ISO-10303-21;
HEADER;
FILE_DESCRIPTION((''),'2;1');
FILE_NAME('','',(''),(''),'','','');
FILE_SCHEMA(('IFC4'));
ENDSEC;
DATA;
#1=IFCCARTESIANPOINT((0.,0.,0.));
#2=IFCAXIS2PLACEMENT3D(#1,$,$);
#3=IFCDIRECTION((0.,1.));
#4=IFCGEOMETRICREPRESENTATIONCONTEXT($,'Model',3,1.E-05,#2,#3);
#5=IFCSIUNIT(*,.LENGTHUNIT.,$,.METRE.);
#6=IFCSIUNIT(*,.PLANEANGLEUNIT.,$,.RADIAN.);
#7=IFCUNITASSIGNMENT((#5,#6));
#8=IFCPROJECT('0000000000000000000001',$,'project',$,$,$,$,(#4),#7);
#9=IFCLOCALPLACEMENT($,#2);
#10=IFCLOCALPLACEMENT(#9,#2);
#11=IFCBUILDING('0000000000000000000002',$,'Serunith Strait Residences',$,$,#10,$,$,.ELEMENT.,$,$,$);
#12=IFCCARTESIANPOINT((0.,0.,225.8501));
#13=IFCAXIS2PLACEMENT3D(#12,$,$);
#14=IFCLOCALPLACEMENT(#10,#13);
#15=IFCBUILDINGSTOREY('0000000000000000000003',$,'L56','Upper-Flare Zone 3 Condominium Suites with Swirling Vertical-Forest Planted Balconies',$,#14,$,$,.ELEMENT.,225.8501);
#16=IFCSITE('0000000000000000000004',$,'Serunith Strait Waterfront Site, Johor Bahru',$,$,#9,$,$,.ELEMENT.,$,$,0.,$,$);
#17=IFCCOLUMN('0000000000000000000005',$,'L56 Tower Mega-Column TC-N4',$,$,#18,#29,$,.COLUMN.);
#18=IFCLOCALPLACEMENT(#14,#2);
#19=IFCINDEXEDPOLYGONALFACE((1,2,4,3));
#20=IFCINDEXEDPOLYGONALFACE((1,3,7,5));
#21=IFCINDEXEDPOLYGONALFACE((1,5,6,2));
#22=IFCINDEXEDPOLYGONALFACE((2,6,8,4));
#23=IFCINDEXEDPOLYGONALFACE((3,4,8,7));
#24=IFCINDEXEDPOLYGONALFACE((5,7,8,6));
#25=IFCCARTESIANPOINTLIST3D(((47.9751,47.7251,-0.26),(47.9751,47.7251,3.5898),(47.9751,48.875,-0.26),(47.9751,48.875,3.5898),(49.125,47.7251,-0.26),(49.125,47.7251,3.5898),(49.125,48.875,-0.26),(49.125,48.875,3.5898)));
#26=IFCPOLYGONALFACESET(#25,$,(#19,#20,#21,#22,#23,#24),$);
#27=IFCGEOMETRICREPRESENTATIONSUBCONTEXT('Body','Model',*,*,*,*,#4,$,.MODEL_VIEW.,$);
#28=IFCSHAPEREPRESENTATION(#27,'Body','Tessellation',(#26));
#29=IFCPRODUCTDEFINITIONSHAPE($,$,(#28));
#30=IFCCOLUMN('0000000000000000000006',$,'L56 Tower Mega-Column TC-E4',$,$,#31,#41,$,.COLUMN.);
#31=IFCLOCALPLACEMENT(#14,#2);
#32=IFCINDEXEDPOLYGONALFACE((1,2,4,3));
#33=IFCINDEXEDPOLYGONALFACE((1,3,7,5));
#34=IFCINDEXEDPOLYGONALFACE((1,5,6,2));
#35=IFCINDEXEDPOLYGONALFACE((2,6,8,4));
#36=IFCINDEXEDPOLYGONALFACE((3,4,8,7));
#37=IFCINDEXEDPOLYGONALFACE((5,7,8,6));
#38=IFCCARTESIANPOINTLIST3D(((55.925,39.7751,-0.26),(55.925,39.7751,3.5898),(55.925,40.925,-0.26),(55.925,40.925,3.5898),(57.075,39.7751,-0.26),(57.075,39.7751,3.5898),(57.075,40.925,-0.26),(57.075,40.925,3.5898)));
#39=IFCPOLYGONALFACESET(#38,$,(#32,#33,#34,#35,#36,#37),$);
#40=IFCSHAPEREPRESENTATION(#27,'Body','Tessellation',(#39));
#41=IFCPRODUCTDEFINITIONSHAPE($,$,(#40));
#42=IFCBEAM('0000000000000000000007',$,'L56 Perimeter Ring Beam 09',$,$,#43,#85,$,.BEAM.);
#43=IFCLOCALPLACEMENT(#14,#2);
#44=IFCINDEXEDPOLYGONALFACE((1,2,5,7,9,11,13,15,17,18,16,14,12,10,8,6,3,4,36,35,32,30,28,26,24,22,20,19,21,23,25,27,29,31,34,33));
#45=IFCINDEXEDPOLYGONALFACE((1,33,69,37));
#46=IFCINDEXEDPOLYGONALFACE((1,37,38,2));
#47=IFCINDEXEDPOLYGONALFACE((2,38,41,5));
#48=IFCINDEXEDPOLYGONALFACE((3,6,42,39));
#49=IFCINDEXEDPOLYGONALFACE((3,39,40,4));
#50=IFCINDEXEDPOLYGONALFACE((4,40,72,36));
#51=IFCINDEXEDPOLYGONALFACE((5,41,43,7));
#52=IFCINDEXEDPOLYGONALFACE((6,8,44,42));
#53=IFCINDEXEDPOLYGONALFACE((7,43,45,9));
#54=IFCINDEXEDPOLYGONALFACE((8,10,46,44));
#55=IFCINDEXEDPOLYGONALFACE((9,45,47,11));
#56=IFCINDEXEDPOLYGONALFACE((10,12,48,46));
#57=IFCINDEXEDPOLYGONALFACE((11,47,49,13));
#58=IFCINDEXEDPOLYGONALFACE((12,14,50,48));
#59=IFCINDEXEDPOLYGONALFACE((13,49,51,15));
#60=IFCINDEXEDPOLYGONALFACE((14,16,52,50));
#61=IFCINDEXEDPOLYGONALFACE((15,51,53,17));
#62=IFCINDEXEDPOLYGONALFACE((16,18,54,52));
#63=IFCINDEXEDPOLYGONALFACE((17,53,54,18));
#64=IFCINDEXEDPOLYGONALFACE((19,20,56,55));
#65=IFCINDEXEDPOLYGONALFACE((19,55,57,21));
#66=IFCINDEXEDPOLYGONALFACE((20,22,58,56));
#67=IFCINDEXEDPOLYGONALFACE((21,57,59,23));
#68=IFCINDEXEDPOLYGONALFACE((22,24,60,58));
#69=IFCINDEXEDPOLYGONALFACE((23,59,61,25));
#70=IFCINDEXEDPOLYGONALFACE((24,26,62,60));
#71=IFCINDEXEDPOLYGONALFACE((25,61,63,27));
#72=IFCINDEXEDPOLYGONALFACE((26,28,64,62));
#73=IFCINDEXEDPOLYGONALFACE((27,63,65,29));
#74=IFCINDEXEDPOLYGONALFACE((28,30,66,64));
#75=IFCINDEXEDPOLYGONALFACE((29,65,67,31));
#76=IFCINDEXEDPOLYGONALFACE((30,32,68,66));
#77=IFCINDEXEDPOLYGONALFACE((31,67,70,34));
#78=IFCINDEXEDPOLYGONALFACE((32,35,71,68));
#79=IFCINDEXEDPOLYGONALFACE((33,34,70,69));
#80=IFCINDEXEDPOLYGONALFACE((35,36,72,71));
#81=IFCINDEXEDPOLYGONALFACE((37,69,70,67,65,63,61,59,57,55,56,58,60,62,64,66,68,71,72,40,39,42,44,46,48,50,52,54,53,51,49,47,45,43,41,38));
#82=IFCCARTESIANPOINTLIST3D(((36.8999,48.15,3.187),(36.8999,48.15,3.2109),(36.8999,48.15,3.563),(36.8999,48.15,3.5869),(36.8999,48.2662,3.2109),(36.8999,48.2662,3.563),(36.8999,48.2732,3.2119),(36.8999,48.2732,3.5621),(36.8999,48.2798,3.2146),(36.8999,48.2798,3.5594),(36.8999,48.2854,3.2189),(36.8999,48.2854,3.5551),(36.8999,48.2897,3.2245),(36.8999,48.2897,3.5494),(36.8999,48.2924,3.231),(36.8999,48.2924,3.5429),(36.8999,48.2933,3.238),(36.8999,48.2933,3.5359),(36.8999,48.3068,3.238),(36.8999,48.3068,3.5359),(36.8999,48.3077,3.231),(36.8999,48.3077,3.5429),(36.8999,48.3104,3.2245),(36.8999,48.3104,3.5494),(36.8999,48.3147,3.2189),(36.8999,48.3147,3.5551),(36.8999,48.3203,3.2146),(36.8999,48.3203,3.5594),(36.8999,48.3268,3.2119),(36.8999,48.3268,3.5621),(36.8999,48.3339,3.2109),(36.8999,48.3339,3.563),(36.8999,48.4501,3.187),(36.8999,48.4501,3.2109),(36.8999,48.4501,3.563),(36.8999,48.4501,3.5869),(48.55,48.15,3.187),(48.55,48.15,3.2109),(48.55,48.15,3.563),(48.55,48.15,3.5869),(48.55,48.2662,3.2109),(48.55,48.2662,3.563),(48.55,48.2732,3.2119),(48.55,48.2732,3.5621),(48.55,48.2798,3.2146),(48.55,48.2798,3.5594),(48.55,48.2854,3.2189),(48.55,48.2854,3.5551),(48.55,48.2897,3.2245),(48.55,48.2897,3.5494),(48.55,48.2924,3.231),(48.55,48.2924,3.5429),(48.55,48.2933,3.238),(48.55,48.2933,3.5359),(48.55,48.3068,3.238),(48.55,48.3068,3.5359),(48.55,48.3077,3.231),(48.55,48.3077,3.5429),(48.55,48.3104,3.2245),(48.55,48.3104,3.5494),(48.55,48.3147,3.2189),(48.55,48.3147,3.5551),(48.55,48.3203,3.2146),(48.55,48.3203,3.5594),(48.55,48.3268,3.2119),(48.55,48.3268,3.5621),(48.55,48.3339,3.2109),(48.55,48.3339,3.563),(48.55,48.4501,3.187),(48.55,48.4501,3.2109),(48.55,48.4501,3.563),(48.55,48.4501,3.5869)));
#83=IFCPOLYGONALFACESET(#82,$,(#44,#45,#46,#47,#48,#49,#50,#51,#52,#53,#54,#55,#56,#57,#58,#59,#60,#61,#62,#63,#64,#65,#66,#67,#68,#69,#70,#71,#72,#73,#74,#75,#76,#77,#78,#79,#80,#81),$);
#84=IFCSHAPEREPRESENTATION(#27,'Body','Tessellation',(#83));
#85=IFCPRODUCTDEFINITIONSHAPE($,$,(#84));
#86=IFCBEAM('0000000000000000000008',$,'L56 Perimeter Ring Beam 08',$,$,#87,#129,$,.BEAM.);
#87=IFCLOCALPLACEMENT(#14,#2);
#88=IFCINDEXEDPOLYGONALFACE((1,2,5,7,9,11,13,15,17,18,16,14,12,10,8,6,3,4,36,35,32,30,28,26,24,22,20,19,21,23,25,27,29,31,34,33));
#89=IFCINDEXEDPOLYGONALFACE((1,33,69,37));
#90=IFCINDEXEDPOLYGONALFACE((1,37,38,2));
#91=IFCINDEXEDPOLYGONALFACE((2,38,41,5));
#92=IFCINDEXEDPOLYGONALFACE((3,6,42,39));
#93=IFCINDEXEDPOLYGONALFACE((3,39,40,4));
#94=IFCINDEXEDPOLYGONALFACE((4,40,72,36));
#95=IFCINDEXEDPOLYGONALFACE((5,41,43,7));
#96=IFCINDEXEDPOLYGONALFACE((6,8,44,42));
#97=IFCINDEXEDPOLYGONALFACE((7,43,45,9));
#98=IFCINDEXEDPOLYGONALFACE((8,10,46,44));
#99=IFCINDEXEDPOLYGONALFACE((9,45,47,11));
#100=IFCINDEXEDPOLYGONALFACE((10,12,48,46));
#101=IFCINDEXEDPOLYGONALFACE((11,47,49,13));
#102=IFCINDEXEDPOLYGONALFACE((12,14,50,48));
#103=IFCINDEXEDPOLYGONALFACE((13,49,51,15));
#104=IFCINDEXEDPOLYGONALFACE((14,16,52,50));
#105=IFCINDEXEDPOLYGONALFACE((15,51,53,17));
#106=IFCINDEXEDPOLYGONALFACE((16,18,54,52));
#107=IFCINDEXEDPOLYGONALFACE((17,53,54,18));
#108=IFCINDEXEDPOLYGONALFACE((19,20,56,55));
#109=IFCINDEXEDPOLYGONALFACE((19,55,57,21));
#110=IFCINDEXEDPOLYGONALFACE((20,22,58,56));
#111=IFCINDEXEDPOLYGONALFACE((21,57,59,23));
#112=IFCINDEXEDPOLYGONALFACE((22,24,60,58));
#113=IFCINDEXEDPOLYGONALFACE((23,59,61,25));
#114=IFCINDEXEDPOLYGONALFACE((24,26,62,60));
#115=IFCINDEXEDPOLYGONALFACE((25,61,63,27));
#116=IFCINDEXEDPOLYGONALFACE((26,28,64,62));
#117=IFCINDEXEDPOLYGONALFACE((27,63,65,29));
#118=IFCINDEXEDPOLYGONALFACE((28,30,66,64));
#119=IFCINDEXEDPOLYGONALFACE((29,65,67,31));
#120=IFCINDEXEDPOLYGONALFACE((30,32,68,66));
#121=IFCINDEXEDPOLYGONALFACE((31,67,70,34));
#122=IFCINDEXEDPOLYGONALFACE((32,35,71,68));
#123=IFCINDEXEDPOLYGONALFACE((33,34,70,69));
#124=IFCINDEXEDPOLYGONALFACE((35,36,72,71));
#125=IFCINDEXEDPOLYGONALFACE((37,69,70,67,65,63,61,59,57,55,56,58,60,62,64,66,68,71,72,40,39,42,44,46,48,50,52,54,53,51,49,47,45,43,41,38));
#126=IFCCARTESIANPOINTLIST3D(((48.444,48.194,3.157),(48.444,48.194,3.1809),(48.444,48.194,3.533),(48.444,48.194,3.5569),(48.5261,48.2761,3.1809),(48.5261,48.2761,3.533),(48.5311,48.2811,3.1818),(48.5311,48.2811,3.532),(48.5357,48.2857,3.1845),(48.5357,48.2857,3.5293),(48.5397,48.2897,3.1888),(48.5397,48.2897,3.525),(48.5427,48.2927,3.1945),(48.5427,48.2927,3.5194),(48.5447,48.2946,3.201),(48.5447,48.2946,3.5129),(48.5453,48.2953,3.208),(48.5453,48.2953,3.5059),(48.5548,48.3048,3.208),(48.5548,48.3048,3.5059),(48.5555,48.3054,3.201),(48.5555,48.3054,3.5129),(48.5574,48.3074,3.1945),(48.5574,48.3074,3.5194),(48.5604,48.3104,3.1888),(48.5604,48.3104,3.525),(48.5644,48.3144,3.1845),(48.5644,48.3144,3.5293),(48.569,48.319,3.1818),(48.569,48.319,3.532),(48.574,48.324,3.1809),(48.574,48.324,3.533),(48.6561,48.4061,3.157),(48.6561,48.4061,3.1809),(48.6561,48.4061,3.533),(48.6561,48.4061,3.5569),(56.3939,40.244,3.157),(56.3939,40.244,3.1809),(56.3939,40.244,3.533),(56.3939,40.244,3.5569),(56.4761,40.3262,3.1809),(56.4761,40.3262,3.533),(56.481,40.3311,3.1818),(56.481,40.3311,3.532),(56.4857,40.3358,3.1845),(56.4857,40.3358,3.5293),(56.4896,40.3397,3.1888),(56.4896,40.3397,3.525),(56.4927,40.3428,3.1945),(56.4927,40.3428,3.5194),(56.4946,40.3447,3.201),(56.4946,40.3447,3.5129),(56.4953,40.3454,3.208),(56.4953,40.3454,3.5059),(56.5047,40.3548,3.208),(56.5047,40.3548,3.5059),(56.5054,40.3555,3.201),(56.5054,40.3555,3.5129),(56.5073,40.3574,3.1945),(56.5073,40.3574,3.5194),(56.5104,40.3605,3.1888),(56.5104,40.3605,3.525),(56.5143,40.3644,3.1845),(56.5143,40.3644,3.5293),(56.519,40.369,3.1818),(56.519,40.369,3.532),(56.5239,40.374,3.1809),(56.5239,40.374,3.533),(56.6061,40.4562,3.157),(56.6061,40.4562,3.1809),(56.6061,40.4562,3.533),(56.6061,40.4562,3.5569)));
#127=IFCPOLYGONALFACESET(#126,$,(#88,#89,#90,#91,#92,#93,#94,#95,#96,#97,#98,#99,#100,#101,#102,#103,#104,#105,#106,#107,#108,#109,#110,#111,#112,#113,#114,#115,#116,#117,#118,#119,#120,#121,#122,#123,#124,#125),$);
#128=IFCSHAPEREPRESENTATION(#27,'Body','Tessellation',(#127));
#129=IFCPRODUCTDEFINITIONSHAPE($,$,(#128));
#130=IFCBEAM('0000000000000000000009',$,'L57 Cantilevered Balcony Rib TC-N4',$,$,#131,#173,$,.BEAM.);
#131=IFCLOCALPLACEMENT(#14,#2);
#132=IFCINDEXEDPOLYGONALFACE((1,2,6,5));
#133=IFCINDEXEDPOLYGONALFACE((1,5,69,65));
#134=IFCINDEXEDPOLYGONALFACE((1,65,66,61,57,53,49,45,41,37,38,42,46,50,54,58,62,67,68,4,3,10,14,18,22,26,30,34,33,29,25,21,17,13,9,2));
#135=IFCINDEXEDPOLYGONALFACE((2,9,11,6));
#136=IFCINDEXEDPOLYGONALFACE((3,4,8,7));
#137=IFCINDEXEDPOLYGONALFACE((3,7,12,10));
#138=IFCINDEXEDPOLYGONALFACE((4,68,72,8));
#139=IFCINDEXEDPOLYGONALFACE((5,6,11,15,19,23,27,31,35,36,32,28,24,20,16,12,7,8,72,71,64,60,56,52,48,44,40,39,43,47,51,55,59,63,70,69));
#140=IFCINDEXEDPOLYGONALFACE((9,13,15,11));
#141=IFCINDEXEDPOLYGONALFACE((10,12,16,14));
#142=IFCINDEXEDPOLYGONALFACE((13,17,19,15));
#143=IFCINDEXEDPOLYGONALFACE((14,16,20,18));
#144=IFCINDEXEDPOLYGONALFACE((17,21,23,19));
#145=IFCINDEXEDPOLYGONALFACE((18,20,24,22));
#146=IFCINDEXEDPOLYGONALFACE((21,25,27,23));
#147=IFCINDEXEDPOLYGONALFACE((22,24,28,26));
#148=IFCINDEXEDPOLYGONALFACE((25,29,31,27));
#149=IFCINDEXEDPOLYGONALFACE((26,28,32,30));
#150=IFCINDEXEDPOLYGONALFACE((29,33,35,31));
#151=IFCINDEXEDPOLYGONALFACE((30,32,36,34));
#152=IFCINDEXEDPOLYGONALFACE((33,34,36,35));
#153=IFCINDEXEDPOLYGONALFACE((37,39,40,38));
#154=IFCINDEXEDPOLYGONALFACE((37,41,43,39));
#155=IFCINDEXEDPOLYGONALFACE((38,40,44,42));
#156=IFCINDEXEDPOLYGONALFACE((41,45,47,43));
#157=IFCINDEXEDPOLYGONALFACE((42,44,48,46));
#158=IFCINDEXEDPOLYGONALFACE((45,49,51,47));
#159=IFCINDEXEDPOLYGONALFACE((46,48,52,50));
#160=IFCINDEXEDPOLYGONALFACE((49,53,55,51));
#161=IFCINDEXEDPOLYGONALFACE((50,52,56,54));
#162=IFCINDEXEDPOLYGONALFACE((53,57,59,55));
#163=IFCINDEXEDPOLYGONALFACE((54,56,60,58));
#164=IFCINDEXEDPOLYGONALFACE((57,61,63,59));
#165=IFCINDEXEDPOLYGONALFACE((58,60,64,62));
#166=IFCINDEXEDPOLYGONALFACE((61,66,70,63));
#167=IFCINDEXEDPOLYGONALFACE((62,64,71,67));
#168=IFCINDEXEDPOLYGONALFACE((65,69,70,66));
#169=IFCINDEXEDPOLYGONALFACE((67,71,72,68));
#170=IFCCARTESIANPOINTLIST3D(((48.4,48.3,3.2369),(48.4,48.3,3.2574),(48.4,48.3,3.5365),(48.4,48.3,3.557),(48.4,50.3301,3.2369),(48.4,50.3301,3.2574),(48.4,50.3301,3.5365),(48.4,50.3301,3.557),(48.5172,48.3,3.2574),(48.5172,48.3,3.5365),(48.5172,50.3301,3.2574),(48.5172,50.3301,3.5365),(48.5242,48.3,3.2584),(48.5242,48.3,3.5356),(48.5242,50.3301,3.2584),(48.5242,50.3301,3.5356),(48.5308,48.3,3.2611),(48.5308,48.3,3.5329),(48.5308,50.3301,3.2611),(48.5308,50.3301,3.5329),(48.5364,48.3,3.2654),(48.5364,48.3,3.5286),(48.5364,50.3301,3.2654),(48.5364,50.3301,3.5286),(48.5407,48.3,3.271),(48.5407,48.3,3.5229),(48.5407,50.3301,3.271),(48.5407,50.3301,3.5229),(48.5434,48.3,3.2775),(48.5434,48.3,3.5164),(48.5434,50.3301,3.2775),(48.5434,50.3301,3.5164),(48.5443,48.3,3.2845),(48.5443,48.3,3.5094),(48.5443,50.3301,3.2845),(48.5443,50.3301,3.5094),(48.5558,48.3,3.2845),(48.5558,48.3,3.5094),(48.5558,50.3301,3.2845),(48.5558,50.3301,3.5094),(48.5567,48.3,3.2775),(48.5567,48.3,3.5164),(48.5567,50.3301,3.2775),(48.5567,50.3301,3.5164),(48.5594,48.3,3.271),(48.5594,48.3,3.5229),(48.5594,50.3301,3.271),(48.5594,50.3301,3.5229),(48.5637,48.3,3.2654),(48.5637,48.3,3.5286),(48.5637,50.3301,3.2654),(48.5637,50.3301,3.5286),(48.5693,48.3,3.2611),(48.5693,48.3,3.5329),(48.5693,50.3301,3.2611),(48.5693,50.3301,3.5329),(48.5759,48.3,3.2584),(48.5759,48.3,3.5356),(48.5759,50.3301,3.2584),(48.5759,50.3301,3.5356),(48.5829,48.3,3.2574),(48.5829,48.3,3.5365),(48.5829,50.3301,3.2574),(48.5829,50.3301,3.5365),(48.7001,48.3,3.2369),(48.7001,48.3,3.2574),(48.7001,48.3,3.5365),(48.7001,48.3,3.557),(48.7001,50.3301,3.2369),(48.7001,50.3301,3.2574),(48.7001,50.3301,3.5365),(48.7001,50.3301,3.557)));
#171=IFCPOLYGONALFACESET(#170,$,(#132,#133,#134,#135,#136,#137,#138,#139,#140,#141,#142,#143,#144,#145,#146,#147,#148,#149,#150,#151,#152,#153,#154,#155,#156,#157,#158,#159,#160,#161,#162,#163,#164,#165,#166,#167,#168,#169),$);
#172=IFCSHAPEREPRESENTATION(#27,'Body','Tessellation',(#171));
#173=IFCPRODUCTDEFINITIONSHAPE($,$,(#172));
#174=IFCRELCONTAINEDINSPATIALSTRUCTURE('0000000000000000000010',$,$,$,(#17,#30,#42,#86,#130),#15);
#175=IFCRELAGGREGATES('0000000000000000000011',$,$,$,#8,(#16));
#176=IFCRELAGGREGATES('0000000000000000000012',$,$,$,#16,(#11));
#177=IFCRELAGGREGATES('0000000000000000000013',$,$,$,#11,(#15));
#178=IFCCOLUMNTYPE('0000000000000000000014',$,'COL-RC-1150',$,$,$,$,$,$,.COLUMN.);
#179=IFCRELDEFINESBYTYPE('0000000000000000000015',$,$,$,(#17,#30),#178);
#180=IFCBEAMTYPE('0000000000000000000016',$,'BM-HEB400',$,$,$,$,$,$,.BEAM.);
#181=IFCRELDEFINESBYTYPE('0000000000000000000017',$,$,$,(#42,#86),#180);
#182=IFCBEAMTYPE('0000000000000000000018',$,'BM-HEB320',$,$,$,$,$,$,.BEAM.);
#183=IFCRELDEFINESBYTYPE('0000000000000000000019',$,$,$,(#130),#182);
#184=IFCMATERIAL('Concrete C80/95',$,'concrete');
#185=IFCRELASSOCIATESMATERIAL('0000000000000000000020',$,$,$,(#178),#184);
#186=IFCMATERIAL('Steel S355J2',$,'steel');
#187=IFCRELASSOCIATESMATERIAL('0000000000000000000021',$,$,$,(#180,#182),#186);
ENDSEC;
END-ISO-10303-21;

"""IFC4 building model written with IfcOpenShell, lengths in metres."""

from ifc_helpers import new_model, si_unit, direction, frame, origin, origin_2d, place, context, subcontext, project, spatial, rectangle, i_section, extrude, source, transform, mapped, material, material_profile, profile_set, type_object, element, save


model = new_model("IFC4")

# Units and contexts
model_context = context("Model", 3, precision=1e-05, world=origin(), true_north=direction((0.0, 1.0)))
body_context = subcontext(model_context, "Body", "Model", "MODEL_VIEW")
ifc_project = project(units=[si_unit("LENGTHUNIT", "METRE"), si_unit("PLANEANGLEUNIT", "RADIAN")], contexts=[model_context])

# Site, building, storey
site_placement = place(None, origin())
site = spatial("IfcSite", under=ifc_project, at=site_placement, Name="Serunith Strait Waterfront Site, Johor Bahru", CompositionType="ELEMENT", RefElevation=0.0)
building_placement = place(site_placement, origin())
building = spatial("IfcBuilding", under=site, at=building_placement, Name="Serunith Strait Residences", CompositionType="ELEMENT")
storey_placement = place(building_placement, frame((0.0, 0.0, 225.8501)))
storey = spatial("IfcBuildingStorey", under=building, at=storey_placement, Name="L56", Description="Upper-Flare Zone 3 Condominium Suites with Swirling Vertical-Forest Planted Balconies", CompositionType="ELEMENT", Elevation=225.8501)

# Columns
ifc_material_1 = material(Name="Concrete C80/95", Category="concrete")
ifc_material_profile_1 = material_profile(ifc_material_1, rectangle(XDim=1.1499, YDim=1.1499, at=origin_2d()), Name="RC 1150x1150")
ifc_profile_set_1 = profile_set([ifc_material_profile_1], Name="Concrete C80/95")
column_type = type_object("IfcColumnType", Name="COL-RC-1150", PredefinedType="COLUMN", material=ifc_profile_set_1)
shared_shape_1 = source(origin(), body_context, "Body", "SweptSolid", [
    extrude(rectangle(XDim=1.1499, YDim=1.1499, at=origin_2d()), origin(), (0.0, 0.0, 1.0), 3.8499),
])
for number, where, z_axis, x_axis, name in (
    (1, (48.55, 48.3, -0.26), (0.0, 0.0, 1.0), (1.0, 0.0, 0.0), "L56 Tower Mega-Column TC-N4"),
    (2, (56.5, 40.3501, -0.26), (0.0, 0.0, 1.0), (1.0, 0.0, 0.0), "L56 Tower Mega-Column TC-E4"),
):
    element("IfcColumn", number, at=place(storey_placement, frame(where, z_axis=z_axis, x_axis=x_axis)), inside=storey, type_object=column_type, Name=name, PredefinedType="COLUMN", context=body_context, shape_type="MappedRepresentation", body=[
        mapped(shared_shape_1, transform((0.0, 0.0, 0.0), scale=1.0)),
    ])

# Beams
ifc_material_2 = material(Name="Steel S355J2", Category="steel")
ifc_material_profile_2 = material_profile(ifc_material_2, i_section(OverallWidth=0.3, OverallDepth=0.3999, WebThickness=0.0134, FlangeThickness=0.0239, FilletRadius=0.0271, at=origin_2d()), Name="HEB 400")
ifc_profile_set_2 = profile_set([ifc_material_profile_2], Name="Steel S355J2")
beam_type_1 = type_object("IfcBeamType", Name="BM-HEB400", PredefinedType="BEAM", material=ifc_profile_set_2)
shared_shape_2 = source(origin(), body_context, "Body", "SweptSolid", [
    extrude(i_section(OverallWidth=0.3, OverallDepth=0.3999, WebThickness=0.0134, FlangeThickness=0.0239, FilletRadius=0.0271, at=origin_2d()), origin(), (0.0, 0.0, 1.0), 11.6501),
])
beam_1_placement = place(storey_placement, frame((48.55, 48.3, 3.387), z_axis=(-1.0, 0.0, 0.0), x_axis=(0.0, -1.0, 0.0)))
element("IfcBeam", 3, at=beam_1_placement, inside=storey, type_object=beam_type_1, Name="L56 Perimeter Ring Beam 09", PredefinedType="BEAM", context=body_context, shape_type="MappedRepresentation", body=[
    mapped(shared_shape_2, transform((0.0, 0.0, 0.0), scale=1.0)),
])
shared_shape_3 = source(origin(), body_context, "Body", "SweptSolid", [
    extrude(i_section(OverallWidth=0.3, OverallDepth=0.3999, WebThickness=0.0134, FlangeThickness=0.0239, FilletRadius=0.0271, at=origin_2d()), origin(), (0.0, 0.0, 1.0), 11.2429),
])
beam_2_placement = place(storey_placement, frame((56.5, 40.3501, 3.3569), z_axis=(-0.707107, 0.707107, 0.0), x_axis=(-0.707107, -0.707107, 0.0)))
element("IfcBeam", 4, at=beam_2_placement, inside=storey, type_object=beam_type_1, Name="L56 Perimeter Ring Beam 08", PredefinedType="BEAM", context=body_context, shape_type="MappedRepresentation", body=[
    mapped(shared_shape_3, transform((0.0, 0.0, 0.0), scale=1.0)),
])
ifc_material_profile_3 = material_profile(ifc_material_2, i_section(OverallWidth=0.3, OverallDepth=0.3201, WebThickness=0.0115, FlangeThickness=0.0205, FilletRadius=0.0271, at=origin_2d()), Name="HEB 320")
ifc_profile_set_3 = profile_set([ifc_material_profile_3], Name="Steel S355J2")
beam_type_2 = type_object("IfcBeamType", Name="BM-HEB320", PredefinedType="BEAM", material=ifc_profile_set_3)
shared_shape_4 = source(origin(), body_context, "Body", "SweptSolid", [
    extrude(i_section(OverallWidth=0.3, OverallDepth=0.3201, WebThickness=0.0115, FlangeThickness=0.0205, FilletRadius=0.0271, at=origin_2d()), origin(), (0.0, 0.0, 1.0), 2.03),
])
beam_3_placement = place(storey_placement, frame((48.55, 48.3, 3.397), z_axis=(0.0, 1.0, 0.0), x_axis=(-1.0, 0.0, 0.0)))
element("IfcBeam", 5, at=beam_3_placement, inside=storey, type_object=beam_type_2, Name="L57 Cantilevered Balcony Rib TC-N4", PredefinedType="BEAM", context=body_context, shape_type="MappedRepresentation", body=[
    mapped(shared_shape_4, transform((0.0, 0.0, 0.0), scale=1.0)),
])

save(model, "model.ifc")
